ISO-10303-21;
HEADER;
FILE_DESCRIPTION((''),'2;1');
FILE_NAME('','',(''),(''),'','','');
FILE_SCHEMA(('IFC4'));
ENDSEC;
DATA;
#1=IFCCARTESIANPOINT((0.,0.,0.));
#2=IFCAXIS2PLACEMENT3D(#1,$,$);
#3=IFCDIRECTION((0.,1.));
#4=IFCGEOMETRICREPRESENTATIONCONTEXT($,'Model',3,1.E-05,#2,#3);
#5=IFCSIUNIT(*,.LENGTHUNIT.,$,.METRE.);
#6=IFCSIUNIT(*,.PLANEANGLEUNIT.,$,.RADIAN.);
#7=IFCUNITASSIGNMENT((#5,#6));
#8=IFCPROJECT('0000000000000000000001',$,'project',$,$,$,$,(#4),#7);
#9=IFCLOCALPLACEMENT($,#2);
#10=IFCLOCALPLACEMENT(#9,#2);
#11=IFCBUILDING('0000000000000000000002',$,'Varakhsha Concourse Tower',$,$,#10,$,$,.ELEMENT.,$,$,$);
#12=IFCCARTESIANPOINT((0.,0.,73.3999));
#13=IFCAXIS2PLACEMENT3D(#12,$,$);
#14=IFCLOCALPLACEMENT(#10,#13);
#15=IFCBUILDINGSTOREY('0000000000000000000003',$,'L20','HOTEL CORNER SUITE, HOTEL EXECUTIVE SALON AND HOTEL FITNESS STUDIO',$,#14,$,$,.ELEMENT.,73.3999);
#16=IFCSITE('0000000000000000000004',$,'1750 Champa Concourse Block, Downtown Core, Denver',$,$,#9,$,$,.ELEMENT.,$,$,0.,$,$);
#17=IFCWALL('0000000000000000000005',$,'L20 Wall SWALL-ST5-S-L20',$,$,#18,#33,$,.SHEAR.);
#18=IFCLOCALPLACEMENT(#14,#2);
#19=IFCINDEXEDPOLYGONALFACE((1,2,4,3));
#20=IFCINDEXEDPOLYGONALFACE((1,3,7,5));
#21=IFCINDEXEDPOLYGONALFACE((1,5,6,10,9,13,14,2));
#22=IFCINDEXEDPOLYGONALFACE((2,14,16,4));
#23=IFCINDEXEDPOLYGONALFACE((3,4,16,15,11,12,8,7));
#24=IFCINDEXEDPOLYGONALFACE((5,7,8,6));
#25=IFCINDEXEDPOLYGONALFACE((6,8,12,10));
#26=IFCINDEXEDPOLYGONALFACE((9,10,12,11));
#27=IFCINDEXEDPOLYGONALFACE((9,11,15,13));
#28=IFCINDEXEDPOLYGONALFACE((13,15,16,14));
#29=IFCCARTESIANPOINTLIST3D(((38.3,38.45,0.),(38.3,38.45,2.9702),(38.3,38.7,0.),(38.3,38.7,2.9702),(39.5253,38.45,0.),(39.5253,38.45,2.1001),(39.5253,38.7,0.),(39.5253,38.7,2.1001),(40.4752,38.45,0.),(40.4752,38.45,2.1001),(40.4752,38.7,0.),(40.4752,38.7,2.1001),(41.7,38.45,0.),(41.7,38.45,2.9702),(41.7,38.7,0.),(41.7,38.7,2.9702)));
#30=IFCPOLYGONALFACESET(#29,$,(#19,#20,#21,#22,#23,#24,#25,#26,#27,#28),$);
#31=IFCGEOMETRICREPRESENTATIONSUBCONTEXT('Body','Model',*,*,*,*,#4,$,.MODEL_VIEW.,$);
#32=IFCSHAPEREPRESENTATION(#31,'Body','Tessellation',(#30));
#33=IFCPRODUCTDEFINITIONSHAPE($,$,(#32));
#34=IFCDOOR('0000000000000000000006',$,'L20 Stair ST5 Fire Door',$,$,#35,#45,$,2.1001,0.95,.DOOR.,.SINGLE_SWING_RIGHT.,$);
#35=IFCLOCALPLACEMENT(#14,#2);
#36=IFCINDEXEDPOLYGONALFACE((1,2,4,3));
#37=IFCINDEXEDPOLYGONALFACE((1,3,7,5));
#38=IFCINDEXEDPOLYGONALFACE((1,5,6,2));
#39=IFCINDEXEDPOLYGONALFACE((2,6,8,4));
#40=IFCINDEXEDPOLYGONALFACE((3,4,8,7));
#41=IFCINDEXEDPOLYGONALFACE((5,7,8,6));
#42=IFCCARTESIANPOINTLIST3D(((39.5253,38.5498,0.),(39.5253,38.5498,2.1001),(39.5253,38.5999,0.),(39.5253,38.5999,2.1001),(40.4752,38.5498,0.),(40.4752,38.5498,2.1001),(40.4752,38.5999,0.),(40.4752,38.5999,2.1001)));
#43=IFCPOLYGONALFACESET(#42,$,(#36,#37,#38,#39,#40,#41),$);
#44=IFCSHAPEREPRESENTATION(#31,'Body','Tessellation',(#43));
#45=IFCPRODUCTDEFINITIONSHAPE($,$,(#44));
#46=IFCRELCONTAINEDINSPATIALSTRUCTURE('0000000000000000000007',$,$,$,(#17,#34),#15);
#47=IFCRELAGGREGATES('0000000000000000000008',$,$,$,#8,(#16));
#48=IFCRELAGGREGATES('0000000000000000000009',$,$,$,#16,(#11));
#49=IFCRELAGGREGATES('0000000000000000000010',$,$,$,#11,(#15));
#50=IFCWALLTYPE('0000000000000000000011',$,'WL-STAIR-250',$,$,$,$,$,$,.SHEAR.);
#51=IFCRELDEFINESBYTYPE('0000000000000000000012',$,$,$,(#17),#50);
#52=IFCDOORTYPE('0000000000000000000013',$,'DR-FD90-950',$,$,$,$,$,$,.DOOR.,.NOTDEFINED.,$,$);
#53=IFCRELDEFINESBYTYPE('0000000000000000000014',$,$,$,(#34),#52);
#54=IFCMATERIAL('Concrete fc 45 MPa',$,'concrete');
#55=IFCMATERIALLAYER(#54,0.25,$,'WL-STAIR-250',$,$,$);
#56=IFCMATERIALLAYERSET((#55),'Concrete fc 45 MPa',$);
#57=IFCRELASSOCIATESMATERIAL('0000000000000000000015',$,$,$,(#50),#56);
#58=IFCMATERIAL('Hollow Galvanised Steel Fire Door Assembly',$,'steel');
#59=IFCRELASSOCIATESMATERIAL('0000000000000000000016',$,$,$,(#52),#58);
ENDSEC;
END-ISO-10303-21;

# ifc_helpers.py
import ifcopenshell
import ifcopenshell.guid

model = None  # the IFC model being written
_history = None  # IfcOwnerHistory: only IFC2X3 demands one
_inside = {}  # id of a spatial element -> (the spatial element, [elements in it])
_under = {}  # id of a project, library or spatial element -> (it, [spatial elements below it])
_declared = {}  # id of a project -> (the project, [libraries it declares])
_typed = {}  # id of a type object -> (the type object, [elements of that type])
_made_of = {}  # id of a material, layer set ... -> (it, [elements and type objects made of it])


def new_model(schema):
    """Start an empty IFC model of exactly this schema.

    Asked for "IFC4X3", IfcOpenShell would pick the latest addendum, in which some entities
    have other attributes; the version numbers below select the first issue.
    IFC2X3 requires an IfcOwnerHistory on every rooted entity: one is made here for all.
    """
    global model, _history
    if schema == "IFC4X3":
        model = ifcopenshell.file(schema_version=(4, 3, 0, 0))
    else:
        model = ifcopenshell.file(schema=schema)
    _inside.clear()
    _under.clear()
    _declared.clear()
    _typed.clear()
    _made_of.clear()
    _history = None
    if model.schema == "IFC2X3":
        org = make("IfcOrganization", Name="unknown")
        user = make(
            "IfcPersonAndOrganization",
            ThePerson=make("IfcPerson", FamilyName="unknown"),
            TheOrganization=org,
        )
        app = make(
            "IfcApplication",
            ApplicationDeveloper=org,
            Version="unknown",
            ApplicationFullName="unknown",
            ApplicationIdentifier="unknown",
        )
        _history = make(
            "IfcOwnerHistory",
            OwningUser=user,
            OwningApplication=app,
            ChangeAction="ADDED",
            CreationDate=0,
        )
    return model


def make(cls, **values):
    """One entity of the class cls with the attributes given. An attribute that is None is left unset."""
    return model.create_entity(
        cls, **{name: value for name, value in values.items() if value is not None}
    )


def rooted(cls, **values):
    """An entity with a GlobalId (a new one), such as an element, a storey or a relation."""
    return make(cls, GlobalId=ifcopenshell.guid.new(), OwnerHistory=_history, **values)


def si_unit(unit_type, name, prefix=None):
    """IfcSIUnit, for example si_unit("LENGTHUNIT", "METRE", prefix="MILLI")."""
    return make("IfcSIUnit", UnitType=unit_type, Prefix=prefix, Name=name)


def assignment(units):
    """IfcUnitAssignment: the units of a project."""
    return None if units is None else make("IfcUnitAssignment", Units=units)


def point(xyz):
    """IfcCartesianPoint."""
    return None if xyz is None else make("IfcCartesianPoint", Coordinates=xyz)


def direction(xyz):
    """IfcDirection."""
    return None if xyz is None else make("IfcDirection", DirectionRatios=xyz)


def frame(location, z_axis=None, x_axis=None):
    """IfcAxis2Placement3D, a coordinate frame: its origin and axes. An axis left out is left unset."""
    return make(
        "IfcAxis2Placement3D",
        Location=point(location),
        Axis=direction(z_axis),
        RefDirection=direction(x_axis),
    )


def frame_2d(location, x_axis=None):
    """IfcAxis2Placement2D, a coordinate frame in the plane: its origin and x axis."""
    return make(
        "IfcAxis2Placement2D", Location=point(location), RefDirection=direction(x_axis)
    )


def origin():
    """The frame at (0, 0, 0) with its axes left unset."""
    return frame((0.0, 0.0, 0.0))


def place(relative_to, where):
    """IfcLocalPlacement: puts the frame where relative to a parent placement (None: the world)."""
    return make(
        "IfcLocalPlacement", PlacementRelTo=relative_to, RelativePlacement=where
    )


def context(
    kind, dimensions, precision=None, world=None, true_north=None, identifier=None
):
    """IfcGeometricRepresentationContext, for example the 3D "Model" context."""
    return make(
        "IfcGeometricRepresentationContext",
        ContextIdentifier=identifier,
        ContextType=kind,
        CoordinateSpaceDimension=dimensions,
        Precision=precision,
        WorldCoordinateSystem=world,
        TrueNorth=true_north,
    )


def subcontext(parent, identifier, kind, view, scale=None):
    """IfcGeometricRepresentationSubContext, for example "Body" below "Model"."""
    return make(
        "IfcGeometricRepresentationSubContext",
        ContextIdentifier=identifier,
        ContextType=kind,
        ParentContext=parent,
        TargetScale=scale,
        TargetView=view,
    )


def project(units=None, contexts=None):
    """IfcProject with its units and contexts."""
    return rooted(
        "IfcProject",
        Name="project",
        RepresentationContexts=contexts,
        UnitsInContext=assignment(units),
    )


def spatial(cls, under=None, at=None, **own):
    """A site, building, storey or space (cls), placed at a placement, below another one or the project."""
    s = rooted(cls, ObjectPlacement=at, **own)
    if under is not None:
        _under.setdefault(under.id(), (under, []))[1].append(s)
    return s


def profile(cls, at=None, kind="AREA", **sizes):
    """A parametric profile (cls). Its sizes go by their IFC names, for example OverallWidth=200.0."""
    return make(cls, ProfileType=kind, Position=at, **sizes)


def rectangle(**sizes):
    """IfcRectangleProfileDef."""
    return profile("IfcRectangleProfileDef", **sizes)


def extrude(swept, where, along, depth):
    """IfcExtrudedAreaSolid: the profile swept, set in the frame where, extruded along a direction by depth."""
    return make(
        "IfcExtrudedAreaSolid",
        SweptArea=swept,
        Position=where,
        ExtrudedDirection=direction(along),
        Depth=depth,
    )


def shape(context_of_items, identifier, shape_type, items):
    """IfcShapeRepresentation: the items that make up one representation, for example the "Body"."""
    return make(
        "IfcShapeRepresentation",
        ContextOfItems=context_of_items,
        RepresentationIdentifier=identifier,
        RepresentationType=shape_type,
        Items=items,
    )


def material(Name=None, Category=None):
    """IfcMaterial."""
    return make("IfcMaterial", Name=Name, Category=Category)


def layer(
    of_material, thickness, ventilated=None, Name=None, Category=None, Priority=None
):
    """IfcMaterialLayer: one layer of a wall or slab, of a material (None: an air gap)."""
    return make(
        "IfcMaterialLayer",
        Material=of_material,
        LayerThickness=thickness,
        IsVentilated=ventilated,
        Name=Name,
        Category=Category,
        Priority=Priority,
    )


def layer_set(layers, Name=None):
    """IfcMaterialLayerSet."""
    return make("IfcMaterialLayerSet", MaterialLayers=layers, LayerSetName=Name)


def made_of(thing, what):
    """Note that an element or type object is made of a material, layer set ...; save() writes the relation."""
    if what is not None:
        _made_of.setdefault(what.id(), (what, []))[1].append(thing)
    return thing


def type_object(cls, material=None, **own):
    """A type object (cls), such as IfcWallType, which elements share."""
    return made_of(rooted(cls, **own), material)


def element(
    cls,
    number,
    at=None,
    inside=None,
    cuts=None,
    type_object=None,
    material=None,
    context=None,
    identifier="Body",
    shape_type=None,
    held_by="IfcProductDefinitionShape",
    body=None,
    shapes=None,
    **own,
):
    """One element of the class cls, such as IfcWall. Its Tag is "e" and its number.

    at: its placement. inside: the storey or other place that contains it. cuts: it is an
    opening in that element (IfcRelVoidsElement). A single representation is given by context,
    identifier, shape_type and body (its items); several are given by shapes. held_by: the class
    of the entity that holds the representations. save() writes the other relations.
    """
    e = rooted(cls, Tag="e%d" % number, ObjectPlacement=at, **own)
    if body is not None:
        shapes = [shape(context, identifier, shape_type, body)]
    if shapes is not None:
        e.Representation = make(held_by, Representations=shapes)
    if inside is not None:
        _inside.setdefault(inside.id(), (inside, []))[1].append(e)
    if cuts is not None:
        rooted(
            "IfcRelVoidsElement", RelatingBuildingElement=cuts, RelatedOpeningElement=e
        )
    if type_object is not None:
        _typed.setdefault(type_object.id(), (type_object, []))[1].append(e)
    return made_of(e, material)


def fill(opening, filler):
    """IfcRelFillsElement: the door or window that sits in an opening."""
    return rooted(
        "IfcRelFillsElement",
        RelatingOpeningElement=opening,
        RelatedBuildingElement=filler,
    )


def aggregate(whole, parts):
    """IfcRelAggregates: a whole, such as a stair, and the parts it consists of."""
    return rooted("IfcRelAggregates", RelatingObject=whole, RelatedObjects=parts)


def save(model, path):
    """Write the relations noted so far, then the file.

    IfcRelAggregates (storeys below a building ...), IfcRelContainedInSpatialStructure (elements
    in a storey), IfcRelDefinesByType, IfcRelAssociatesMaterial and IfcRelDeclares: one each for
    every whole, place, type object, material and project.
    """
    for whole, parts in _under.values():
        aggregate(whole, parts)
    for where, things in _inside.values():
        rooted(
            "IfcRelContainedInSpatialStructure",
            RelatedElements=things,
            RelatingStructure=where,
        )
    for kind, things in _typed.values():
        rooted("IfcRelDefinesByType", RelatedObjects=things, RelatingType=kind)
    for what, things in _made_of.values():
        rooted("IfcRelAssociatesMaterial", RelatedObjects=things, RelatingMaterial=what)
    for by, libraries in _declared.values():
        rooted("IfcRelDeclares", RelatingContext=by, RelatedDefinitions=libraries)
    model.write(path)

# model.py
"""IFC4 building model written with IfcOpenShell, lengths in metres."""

from ifc_helpers import new_model, si_unit, direction, frame, frame_2d, origin, place, context, subcontext, project, spatial, rectangle, extrude, material, layer, layer_set, type_object, element, fill, save


model = new_model("IFC4")

# Units and contexts
model_context = context("Model", 3, precision=1e-05, world=origin(), true_north=direction((0.0, 1.0)))
body_context = subcontext(model_context, "Body", "Model", "MODEL_VIEW")
ifc_project = project(units=[si_unit("LENGTHUNIT", "METRE"), si_unit("PLANEANGLEUNIT", "RADIAN")], contexts=[model_context])

# Site, building, storey
site_placement = place(None, origin())
site = spatial("IfcSite", under=ifc_project, at=site_placement, Name="1750 Champa Concourse Block, Downtown Core, Denver", CompositionType="ELEMENT", RefElevation=0.0)
building_placement = place(site_placement, origin())
building = spatial("IfcBuilding", under=site, at=building_placement, Name="Varakhsha Concourse Tower", CompositionType="ELEMENT")
storey_placement = place(building_placement, frame((0.0, 0.0, 73.3999)))
storey = spatial("IfcBuildingStorey", under=building, at=storey_placement, Name="L20", Description="HOTEL CORNER SUITE, HOTEL EXECUTIVE SALON AND HOTEL FITNESS STUDIO", CompositionType="ELEMENT", Elevation=73.3999)

# Shared definitions
ifc_material_1 = material(Name="Hollow Galvanised Steel Fire Door Assembly", Category="steel")

# Shared definitions
ifc_material_2 = material(Name="Concrete fc 45 MPa", Category="concrete")
ifc_layer_1 = layer(ifc_material_2, 0.25, Name="WL-STAIR-250")
ifc_layer_set_1 = layer_set([ifc_layer_1], Name="Concrete fc 45 MPa")
wall_type_1 = type_object("IfcWallType", Name="WL-STAIR-250", PredefinedType="SHEAR", material=ifc_layer_set_1)

# Wall, opening, door
wall_1_placement = place(storey_placement, frame((38.3, 38.575, 0.0), z_axis=(0.0, 0.0, 1.0), x_axis=(1.0, 0.0, 0.0)))
wall_1 = element("IfcWall", 1, at=wall_1_placement, inside=storey, type_object=wall_type_1, Name="L20 Wall SWALL-ST5-S-L20", PredefinedType="SHEAR", context=body_context, shape_type="SweptSolid", body=[
    extrude(rectangle(XDim=3.3999, YDim=0.25, at=frame_2d((1.7, 0.0))), origin(), (0.0, 0.0, 1.0), 2.9702),
])
opening_1_placement = place(wall_1_placement, frame((1.2251, 0.0, 0.0)))
opening_1 = element("IfcOpeningElement", 2, at=opening_1_placement, cuts=wall_1, PredefinedType="OPENING", context=body_context, shape_type="SweptSolid", body=[
    extrude(rectangle(XDim=0.95, YDim=2.1001, at=frame_2d((0.4751, 1.05))), frame((0.0, 0.135, 0.0), z_axis=(0.0, -1.0, 0.0), x_axis=(1.0, 0.0, 0.0)), (0.0, 0.0, 1.0), 0.27),
])
door_type_1 = type_object("IfcDoorType", Name="DR-FD90-950", OperationType="NOTDEFINED", PredefinedType="DOOR", material=ifc_material_1)
door_1_placement = place(opening_1_placement, origin())
door_1 = element("IfcDoor", 3, at=door_1_placement, inside=storey, type_object=door_type_1, Name="L20 Stair ST5 Fire Door", OperationType="SINGLE_SWING_RIGHT", OverallHeight=2.1001, OverallWidth=0.95, PredefinedType="DOOR", context=body_context, shape_type="SweptSolid", body=[
    extrude(rectangle(XDim=0.95, YDim=2.1001, at=frame_2d((0.4751, 1.05))), frame((0.0, 0.0249, 0.0), z_axis=(0.0, -1.0, 0.0), x_axis=(1.0, 0.0, 0.0)), (0.0, 0.0, 1.0), 0.05),
])
fill(opening_1, door_1)

save(model, "model.ifc")
